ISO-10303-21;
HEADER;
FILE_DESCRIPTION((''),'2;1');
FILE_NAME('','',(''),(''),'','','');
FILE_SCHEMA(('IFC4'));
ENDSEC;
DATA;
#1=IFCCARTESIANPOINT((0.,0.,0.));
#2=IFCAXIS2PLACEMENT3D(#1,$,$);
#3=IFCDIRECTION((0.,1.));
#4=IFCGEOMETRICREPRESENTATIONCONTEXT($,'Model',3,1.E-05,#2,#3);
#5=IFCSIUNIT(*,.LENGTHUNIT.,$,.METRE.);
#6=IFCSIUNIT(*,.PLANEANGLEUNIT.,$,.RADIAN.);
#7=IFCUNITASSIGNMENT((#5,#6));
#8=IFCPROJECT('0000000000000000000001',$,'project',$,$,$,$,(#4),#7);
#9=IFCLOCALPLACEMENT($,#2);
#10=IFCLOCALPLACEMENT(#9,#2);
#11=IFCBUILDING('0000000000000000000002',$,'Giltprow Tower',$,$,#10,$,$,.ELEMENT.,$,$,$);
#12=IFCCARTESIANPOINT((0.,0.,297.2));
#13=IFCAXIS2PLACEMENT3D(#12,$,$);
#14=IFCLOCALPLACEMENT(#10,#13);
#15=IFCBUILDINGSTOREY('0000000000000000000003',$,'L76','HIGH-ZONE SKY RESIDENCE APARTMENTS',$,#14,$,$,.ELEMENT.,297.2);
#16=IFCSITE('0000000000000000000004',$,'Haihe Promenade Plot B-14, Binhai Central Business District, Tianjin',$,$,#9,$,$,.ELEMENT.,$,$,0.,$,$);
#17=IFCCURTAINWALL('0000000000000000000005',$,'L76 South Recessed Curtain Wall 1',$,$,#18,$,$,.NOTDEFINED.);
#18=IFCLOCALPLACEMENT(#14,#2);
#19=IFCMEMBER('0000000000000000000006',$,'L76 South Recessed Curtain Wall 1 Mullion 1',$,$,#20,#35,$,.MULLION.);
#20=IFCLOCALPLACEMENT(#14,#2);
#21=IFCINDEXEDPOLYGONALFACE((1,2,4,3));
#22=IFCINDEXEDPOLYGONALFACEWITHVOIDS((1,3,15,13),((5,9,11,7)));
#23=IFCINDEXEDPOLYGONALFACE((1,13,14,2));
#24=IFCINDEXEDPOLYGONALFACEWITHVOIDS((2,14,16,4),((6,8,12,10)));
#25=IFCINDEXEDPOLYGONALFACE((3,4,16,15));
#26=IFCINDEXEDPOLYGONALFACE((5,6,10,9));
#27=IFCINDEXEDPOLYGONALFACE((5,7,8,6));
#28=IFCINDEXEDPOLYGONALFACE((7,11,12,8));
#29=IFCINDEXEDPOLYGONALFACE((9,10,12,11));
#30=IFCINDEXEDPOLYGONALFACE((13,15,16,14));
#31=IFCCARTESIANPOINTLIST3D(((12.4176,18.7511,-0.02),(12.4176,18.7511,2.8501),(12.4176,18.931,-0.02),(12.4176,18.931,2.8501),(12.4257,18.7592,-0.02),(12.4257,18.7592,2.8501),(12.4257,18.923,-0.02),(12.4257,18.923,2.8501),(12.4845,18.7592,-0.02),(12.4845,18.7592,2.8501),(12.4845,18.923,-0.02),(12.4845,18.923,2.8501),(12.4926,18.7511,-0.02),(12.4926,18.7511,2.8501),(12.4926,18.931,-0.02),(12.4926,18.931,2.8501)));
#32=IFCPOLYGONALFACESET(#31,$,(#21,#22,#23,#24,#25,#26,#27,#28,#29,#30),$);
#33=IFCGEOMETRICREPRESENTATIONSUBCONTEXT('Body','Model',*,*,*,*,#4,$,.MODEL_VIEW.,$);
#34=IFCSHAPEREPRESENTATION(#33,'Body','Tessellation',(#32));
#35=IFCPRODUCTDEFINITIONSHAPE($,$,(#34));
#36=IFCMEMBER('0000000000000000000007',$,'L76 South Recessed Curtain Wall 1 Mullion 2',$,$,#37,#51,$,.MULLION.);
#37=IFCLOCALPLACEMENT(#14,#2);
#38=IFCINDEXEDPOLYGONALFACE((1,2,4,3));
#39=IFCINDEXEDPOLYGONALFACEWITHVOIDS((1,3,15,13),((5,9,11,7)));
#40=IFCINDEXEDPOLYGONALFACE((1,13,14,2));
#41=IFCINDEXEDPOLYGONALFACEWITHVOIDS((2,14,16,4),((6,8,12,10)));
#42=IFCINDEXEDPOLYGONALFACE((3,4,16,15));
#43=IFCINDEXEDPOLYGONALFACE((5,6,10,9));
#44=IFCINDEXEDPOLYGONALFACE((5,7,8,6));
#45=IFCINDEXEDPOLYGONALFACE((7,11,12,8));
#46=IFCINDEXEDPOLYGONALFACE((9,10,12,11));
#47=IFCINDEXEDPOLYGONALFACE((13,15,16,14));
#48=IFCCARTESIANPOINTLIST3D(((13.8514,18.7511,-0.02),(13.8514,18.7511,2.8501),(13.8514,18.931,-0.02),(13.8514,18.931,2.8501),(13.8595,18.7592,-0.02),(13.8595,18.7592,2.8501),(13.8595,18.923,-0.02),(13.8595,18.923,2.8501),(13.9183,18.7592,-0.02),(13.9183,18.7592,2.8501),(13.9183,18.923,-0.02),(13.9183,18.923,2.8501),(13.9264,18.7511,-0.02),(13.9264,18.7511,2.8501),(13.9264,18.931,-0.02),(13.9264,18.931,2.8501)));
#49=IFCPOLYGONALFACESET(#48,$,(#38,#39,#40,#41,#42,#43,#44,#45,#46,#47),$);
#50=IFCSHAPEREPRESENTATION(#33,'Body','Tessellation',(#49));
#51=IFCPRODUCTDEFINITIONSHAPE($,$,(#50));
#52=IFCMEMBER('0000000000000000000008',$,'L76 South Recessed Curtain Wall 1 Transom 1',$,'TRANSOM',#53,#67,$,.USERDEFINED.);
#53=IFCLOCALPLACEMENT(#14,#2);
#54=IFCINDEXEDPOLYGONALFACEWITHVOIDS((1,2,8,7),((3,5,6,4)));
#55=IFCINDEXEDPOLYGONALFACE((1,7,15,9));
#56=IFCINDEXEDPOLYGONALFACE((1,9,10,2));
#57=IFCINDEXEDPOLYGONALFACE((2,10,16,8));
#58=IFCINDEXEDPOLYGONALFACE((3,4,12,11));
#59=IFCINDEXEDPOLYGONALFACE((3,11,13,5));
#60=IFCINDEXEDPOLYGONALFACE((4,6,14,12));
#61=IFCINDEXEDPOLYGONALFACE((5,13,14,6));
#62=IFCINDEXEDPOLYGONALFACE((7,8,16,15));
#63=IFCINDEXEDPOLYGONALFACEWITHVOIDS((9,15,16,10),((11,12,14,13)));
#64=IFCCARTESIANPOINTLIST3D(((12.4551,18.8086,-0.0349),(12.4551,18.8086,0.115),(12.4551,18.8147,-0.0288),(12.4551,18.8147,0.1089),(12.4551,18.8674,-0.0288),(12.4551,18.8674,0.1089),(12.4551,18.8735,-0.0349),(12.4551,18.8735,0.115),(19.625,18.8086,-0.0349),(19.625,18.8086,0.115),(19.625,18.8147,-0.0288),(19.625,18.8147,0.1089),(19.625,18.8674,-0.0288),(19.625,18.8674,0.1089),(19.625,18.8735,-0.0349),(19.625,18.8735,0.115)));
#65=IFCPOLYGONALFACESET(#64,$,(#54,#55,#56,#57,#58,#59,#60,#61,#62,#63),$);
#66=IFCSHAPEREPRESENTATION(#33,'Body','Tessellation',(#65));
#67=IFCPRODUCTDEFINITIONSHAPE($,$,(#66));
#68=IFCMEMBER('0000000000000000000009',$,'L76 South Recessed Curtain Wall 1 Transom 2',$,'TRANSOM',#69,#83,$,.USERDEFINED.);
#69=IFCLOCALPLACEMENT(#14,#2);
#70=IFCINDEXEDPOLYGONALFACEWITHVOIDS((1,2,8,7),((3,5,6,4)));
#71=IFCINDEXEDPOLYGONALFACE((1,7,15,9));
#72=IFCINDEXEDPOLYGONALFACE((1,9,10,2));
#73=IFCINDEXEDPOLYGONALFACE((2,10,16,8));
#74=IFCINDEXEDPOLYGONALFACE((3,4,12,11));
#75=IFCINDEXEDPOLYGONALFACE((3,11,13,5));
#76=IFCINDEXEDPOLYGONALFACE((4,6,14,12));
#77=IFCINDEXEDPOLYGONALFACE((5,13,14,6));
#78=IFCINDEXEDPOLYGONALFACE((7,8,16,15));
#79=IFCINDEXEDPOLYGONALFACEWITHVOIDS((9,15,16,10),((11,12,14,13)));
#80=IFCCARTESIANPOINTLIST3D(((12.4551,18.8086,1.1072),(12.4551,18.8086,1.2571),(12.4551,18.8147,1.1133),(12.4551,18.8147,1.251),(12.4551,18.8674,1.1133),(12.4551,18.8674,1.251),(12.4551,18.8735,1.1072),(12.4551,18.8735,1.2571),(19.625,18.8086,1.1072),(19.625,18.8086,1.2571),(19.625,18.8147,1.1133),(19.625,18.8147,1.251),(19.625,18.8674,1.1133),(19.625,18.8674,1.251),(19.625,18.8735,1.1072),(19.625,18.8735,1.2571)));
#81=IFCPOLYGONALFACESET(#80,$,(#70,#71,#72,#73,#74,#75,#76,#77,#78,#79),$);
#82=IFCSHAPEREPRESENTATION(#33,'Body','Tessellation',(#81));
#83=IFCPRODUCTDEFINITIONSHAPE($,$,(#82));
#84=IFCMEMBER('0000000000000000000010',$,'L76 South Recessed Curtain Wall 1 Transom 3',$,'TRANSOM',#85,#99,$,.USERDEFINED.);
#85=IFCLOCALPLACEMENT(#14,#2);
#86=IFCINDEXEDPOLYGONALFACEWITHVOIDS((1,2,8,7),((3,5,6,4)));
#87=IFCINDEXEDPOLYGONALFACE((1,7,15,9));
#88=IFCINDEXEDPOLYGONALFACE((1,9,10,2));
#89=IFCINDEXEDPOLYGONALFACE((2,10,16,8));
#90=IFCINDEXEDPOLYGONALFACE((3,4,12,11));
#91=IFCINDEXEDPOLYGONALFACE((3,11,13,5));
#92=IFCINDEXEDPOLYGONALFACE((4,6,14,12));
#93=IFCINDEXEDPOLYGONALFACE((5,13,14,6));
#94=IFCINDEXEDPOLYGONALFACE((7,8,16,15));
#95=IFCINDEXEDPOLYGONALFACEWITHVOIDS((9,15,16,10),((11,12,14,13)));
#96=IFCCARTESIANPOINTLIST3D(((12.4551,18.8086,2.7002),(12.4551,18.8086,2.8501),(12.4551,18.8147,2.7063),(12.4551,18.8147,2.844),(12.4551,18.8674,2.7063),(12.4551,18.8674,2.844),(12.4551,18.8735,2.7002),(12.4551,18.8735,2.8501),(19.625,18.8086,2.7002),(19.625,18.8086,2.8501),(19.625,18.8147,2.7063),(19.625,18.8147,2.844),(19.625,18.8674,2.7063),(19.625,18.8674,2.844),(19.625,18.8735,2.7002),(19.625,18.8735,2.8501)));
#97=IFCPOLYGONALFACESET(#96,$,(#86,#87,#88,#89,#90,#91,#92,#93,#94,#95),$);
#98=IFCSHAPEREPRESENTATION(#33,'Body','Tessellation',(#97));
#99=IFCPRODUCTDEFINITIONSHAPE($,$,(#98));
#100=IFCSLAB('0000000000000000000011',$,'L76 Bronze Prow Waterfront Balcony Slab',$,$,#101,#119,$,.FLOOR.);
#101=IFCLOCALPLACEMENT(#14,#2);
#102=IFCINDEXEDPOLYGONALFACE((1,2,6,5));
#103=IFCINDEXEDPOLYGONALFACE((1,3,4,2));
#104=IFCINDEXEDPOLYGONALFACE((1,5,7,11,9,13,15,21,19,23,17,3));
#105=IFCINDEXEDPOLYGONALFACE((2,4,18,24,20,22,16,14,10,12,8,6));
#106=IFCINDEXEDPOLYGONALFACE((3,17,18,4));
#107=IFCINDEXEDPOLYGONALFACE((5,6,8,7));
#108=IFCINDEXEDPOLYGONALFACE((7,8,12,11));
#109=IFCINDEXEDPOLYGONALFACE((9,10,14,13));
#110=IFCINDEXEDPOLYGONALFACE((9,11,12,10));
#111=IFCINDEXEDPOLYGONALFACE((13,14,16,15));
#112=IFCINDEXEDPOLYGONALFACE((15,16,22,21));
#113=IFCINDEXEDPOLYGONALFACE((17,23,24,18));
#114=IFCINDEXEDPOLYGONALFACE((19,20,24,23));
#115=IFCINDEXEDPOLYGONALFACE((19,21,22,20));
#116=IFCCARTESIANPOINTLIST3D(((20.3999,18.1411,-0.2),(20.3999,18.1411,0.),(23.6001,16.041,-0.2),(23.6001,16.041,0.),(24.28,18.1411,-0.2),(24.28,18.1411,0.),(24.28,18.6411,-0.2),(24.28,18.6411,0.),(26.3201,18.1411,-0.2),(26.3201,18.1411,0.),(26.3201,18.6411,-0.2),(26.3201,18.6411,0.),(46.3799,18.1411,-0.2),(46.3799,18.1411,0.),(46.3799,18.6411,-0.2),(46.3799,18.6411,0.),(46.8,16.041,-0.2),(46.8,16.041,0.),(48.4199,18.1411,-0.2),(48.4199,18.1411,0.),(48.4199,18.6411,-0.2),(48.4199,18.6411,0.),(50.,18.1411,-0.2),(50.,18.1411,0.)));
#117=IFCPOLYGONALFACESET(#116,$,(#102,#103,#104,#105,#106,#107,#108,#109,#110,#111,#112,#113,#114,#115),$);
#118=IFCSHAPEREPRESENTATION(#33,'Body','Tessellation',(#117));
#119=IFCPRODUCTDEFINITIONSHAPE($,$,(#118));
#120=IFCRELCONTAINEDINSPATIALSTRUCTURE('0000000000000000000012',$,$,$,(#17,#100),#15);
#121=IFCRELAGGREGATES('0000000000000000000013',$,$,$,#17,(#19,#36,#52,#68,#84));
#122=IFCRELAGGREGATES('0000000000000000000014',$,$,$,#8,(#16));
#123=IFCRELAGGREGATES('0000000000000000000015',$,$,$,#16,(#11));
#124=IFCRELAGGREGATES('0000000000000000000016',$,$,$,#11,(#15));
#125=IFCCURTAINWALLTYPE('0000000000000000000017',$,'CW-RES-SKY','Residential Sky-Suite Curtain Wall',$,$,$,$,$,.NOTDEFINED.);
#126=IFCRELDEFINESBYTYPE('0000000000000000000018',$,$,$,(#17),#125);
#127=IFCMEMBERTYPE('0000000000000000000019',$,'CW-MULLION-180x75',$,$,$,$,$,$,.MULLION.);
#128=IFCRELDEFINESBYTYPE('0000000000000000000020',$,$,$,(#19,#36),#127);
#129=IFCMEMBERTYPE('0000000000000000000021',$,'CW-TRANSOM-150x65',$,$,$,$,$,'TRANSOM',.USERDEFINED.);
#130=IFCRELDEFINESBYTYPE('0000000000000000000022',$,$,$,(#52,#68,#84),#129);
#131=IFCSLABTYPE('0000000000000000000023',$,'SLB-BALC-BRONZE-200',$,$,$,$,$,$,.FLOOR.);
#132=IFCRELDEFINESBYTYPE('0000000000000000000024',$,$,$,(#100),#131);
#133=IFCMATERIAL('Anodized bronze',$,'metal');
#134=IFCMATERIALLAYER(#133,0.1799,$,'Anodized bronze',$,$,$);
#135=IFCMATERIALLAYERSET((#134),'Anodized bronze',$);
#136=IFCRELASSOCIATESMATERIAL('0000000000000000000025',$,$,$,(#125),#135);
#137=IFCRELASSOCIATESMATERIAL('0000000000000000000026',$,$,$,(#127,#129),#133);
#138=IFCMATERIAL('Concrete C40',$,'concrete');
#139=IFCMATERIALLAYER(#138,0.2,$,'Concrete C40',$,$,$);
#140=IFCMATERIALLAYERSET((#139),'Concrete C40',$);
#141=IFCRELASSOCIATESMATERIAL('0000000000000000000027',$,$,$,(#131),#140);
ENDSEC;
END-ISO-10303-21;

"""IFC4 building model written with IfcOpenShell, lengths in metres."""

from ifc_helpers import new_model, si_unit, direction, frame, origin, origin_2d, place, context, subcontext, project, spatial, polyline, hollow_rectangle, outline, extrude, source, transform, mapped, material, layer, layer_set, material_profile, profile_set, type_object, element, aggregate, save


model = new_model("IFC4")

# Units and contexts
model_context = context("Model", 3, precision=1e-05, world=origin(), true_north=direction((0.0, 1.0)))
body_context = subcontext(model_context, "Body", "Model", "MODEL_VIEW")
ifc_project = project(units=[si_unit("LENGTHUNIT", "METRE"), si_unit("PLANEANGLEUNIT", "RADIAN")], contexts=[model_context])

# Site, building, storey
site_placement = place(None, origin())
site = spatial("IfcSite", under=ifc_project, at=site_placement, Name="Haihe Promenade Plot B-14, Binhai Central Business District, Tianjin", CompositionType="ELEMENT", RefElevation=0.0)
building_placement = place(site_placement, origin())
building = spatial("IfcBuilding", under=site, at=building_placement, Name="Giltprow Tower", CompositionType="ELEMENT")
storey_placement = place(building_placement, frame((0.0, 0.0, 297.2)))
storey = spatial("IfcBuildingStorey", under=building, at=storey_placement, Name="L76", Description="HIGH-ZONE SKY RESIDENCE APARTMENTS", CompositionType="ELEMENT", Elevation=297.2)

# Curtain wall, members
ifc_material_1 = material(Name="Anodized bronze", Category="metal")
ifc_layer_1 = layer(ifc_material_1, 0.1799, Name="Anodized bronze")
ifc_layer_set_1 = layer_set([ifc_layer_1], Name="Anodized bronze")
curtain_wall_type = type_object("IfcCurtainWallType", Name="CW-RES-SKY", Description="Residential Sky-Suite Curtain Wall", PredefinedType="NOTDEFINED", material=ifc_layer_set_1)
curtain_wall_placement = place(storey_placement, origin())
curtain_wall = element("IfcCurtainWall", 1, at=curtain_wall_placement, inside=storey, type_object=curtain_wall_type, Name="L76 South Recessed Curtain Wall 1", PredefinedType="NOTDEFINED")
ifc_material_profile_1 = material_profile(ifc_material_1, hollow_rectangle(XDim=0.075, YDim=0.1799, WallThickness=0.0081, at=origin_2d()), Name="RHS 180x75x8")
ifc_profile_set_1 = profile_set([ifc_material_profile_1], Name="Anodized bronze")
member_type_1 = type_object("IfcMemberType", Name="CW-MULLION-180x75", PredefinedType="MULLION", material=ifc_profile_set_1)
shared_shape_1 = source(origin(), body_context, "Body", "SweptSolid", [
    extrude(hollow_rectangle(XDim=0.075, YDim=0.1799, WallThickness=0.0081, at=origin_2d()), origin(), (0.0, 0.0, 1.0), 2.8701),
])
member_1_placement = place(storey_placement, frame((12.4551, 18.8411, -0.02), z_axis=(0.0, 0.0, 1.0), x_axis=(1.0, 0.0, 0.0)))
member_1 = element("IfcMember", 2, at=member_1_placement, type_object=member_type_1, Name="L76 South Recessed Curtain Wall 1 Mullion 1", PredefinedType="MULLION", context=body_context, shape_type="MappedRepresentation", body=[
    mapped(shared_shape_1, transform((0.0, 0.0, 0.0), x_axis=(1.0, 0.0, 0.0), y_axis=(0.0, 1.0, 0.0), z_axis=(0.0, 0.0, 1.0), scale=1.0)),
])
member_2_placement = place(storey_placement, frame((13.8889, 18.8411, -0.02), z_axis=(0.0, 0.0, 1.0), x_axis=(1.0, 0.0, 0.0)))
member_2 = element("IfcMember", 3, at=member_2_placement, type_object=member_type_1, Name="L76 South Recessed Curtain Wall 1 Mullion 2", PredefinedType="MULLION", context=body_context, shape_type="MappedRepresentation", body=[
    mapped(shared_shape_1, transform((0.0, 0.0, 0.0), x_axis=(1.0, 0.0, 0.0), y_axis=(0.0, 1.0, 0.0), z_axis=(0.0, 0.0, 1.0), scale=1.0)),
])
ifc_material_profile_2 = material_profile(ifc_material_1, hollow_rectangle(XDim=0.0649, YDim=0.1499, WallThickness=0.0061, at=origin_2d()), Name="RHS 150x65x6")
ifc_profile_set_2 = profile_set([ifc_material_profile_2], Name="Anodized bronze")
member_type_2 = type_object("IfcMemberType", Name="CW-TRANSOM-150x65", ElementType="TRANSOM", PredefinedType="USERDEFINED", material=ifc_profile_set_2)
shared_shape_2 = source(origin(), body_context, "Body", "SweptSolid", [
    extrude(hollow_rectangle(XDim=0.0649, YDim=0.1499, WallThickness=0.0061, at=origin_2d()), origin(), (0.0, 0.0, 1.0), 7.1699),
])
member_3_placement = place(storey_placement, frame((12.4551, 18.8411, 0.04), z_axis=(1.0, 0.0, 0.0), x_axis=(0.0, 1.0, 0.0)))
member_3 = element("IfcMember", 4, at=member_3_placement, type_object=member_type_2, Name="L76 South Recessed Curtain Wall 1 Transom 1", ObjectType="TRANSOM", PredefinedType="USERDEFINED", context=body_context, shape_type="MappedRepresentation", body=[
    mapped(shared_shape_2, transform((0.0, 0.0, 0.0), x_axis=(1.0, 0.0, 0.0), y_axis=(0.0, 1.0, 0.0), z_axis=(0.0, 0.0, 1.0), scale=1.0)),
])
member_4_placement = place(storey_placement, frame((12.4551, 18.8411, 1.1821), z_axis=(1.0, 0.0, 0.0), x_axis=(0.0, 1.0, 0.0)))
member_4 = element("IfcMember", 5, at=member_4_placement, type_object=member_type_2, Name="L76 South Recessed Curtain Wall 1 Transom 2", ObjectType="TRANSOM", PredefinedType="USERDEFINED", context=body_context, shape_type="MappedRepresentation", body=[
    mapped(shared_shape_2, transform((0.0, 0.0, 0.0), x_axis=(1.0, 0.0, 0.0), y_axis=(0.0, 1.0, 0.0), z_axis=(0.0, 0.0, 1.0), scale=1.0)),
])
member_5_placement = place(storey_placement, frame((12.4551, 18.8411, 2.7751), z_axis=(1.0, 0.0, 0.0), x_axis=(0.0, 1.0, 0.0)))
member_5 = element("IfcMember", 6, at=member_5_placement, type_object=member_type_2, Name="L76 South Recessed Curtain Wall 1 Transom 3", ObjectType="TRANSOM", PredefinedType="USERDEFINED", context=body_context, shape_type="MappedRepresentation", body=[
    mapped(shared_shape_2, transform((0.0, 0.0, 0.0), x_axis=(1.0, 0.0, 0.0), y_axis=(0.0, 1.0, 0.0), z_axis=(0.0, 0.0, 1.0), scale=1.0)),
])

# Slab
ifc_material_2 = material(Name="Concrete C40", Category="concrete")
ifc_layer_2 = layer(ifc_material_2, 0.2, Name="Concrete C40")
ifc_layer_set_2 = layer_set([ifc_layer_2], Name="Concrete C40")
slab_type_1 = type_object("IfcSlabType", Name="SLB-BALC-BRONZE-200", PredefinedType="FLOOR", material=ifc_layer_set_2)
slab_1_placement = place(storey_placement, frame((0.0, 0.0, -0.2)))
element("IfcSlab", 7, at=slab_1_placement, inside=storey, type_object=slab_type_1, Name="L76 Bronze Prow Waterfront Balcony Slab", PredefinedType="FLOOR", context=body_context, shape_type="SweptSolid", body=[
    extrude(outline(polyline([(50.0, 18.1411), (46.8, 16.041), (23.6001, 16.041), (20.3999, 18.1411), (24.28, 18.1411), (24.28, 18.6411), (26.3201, 18.6411), (26.3201, 18.1411), (46.3799, 18.1411), (46.3799, 18.6411), (48.4199, 18.6411), (48.4199, 18.1411), (50.0, 18.1411)])), origin(), (0.0, 0.0, 1.0), 0.2),
])

aggregate(curtain_wall, [member_1, member_2, member_3, member_4, member_5])

save(model, "model.ifc")
